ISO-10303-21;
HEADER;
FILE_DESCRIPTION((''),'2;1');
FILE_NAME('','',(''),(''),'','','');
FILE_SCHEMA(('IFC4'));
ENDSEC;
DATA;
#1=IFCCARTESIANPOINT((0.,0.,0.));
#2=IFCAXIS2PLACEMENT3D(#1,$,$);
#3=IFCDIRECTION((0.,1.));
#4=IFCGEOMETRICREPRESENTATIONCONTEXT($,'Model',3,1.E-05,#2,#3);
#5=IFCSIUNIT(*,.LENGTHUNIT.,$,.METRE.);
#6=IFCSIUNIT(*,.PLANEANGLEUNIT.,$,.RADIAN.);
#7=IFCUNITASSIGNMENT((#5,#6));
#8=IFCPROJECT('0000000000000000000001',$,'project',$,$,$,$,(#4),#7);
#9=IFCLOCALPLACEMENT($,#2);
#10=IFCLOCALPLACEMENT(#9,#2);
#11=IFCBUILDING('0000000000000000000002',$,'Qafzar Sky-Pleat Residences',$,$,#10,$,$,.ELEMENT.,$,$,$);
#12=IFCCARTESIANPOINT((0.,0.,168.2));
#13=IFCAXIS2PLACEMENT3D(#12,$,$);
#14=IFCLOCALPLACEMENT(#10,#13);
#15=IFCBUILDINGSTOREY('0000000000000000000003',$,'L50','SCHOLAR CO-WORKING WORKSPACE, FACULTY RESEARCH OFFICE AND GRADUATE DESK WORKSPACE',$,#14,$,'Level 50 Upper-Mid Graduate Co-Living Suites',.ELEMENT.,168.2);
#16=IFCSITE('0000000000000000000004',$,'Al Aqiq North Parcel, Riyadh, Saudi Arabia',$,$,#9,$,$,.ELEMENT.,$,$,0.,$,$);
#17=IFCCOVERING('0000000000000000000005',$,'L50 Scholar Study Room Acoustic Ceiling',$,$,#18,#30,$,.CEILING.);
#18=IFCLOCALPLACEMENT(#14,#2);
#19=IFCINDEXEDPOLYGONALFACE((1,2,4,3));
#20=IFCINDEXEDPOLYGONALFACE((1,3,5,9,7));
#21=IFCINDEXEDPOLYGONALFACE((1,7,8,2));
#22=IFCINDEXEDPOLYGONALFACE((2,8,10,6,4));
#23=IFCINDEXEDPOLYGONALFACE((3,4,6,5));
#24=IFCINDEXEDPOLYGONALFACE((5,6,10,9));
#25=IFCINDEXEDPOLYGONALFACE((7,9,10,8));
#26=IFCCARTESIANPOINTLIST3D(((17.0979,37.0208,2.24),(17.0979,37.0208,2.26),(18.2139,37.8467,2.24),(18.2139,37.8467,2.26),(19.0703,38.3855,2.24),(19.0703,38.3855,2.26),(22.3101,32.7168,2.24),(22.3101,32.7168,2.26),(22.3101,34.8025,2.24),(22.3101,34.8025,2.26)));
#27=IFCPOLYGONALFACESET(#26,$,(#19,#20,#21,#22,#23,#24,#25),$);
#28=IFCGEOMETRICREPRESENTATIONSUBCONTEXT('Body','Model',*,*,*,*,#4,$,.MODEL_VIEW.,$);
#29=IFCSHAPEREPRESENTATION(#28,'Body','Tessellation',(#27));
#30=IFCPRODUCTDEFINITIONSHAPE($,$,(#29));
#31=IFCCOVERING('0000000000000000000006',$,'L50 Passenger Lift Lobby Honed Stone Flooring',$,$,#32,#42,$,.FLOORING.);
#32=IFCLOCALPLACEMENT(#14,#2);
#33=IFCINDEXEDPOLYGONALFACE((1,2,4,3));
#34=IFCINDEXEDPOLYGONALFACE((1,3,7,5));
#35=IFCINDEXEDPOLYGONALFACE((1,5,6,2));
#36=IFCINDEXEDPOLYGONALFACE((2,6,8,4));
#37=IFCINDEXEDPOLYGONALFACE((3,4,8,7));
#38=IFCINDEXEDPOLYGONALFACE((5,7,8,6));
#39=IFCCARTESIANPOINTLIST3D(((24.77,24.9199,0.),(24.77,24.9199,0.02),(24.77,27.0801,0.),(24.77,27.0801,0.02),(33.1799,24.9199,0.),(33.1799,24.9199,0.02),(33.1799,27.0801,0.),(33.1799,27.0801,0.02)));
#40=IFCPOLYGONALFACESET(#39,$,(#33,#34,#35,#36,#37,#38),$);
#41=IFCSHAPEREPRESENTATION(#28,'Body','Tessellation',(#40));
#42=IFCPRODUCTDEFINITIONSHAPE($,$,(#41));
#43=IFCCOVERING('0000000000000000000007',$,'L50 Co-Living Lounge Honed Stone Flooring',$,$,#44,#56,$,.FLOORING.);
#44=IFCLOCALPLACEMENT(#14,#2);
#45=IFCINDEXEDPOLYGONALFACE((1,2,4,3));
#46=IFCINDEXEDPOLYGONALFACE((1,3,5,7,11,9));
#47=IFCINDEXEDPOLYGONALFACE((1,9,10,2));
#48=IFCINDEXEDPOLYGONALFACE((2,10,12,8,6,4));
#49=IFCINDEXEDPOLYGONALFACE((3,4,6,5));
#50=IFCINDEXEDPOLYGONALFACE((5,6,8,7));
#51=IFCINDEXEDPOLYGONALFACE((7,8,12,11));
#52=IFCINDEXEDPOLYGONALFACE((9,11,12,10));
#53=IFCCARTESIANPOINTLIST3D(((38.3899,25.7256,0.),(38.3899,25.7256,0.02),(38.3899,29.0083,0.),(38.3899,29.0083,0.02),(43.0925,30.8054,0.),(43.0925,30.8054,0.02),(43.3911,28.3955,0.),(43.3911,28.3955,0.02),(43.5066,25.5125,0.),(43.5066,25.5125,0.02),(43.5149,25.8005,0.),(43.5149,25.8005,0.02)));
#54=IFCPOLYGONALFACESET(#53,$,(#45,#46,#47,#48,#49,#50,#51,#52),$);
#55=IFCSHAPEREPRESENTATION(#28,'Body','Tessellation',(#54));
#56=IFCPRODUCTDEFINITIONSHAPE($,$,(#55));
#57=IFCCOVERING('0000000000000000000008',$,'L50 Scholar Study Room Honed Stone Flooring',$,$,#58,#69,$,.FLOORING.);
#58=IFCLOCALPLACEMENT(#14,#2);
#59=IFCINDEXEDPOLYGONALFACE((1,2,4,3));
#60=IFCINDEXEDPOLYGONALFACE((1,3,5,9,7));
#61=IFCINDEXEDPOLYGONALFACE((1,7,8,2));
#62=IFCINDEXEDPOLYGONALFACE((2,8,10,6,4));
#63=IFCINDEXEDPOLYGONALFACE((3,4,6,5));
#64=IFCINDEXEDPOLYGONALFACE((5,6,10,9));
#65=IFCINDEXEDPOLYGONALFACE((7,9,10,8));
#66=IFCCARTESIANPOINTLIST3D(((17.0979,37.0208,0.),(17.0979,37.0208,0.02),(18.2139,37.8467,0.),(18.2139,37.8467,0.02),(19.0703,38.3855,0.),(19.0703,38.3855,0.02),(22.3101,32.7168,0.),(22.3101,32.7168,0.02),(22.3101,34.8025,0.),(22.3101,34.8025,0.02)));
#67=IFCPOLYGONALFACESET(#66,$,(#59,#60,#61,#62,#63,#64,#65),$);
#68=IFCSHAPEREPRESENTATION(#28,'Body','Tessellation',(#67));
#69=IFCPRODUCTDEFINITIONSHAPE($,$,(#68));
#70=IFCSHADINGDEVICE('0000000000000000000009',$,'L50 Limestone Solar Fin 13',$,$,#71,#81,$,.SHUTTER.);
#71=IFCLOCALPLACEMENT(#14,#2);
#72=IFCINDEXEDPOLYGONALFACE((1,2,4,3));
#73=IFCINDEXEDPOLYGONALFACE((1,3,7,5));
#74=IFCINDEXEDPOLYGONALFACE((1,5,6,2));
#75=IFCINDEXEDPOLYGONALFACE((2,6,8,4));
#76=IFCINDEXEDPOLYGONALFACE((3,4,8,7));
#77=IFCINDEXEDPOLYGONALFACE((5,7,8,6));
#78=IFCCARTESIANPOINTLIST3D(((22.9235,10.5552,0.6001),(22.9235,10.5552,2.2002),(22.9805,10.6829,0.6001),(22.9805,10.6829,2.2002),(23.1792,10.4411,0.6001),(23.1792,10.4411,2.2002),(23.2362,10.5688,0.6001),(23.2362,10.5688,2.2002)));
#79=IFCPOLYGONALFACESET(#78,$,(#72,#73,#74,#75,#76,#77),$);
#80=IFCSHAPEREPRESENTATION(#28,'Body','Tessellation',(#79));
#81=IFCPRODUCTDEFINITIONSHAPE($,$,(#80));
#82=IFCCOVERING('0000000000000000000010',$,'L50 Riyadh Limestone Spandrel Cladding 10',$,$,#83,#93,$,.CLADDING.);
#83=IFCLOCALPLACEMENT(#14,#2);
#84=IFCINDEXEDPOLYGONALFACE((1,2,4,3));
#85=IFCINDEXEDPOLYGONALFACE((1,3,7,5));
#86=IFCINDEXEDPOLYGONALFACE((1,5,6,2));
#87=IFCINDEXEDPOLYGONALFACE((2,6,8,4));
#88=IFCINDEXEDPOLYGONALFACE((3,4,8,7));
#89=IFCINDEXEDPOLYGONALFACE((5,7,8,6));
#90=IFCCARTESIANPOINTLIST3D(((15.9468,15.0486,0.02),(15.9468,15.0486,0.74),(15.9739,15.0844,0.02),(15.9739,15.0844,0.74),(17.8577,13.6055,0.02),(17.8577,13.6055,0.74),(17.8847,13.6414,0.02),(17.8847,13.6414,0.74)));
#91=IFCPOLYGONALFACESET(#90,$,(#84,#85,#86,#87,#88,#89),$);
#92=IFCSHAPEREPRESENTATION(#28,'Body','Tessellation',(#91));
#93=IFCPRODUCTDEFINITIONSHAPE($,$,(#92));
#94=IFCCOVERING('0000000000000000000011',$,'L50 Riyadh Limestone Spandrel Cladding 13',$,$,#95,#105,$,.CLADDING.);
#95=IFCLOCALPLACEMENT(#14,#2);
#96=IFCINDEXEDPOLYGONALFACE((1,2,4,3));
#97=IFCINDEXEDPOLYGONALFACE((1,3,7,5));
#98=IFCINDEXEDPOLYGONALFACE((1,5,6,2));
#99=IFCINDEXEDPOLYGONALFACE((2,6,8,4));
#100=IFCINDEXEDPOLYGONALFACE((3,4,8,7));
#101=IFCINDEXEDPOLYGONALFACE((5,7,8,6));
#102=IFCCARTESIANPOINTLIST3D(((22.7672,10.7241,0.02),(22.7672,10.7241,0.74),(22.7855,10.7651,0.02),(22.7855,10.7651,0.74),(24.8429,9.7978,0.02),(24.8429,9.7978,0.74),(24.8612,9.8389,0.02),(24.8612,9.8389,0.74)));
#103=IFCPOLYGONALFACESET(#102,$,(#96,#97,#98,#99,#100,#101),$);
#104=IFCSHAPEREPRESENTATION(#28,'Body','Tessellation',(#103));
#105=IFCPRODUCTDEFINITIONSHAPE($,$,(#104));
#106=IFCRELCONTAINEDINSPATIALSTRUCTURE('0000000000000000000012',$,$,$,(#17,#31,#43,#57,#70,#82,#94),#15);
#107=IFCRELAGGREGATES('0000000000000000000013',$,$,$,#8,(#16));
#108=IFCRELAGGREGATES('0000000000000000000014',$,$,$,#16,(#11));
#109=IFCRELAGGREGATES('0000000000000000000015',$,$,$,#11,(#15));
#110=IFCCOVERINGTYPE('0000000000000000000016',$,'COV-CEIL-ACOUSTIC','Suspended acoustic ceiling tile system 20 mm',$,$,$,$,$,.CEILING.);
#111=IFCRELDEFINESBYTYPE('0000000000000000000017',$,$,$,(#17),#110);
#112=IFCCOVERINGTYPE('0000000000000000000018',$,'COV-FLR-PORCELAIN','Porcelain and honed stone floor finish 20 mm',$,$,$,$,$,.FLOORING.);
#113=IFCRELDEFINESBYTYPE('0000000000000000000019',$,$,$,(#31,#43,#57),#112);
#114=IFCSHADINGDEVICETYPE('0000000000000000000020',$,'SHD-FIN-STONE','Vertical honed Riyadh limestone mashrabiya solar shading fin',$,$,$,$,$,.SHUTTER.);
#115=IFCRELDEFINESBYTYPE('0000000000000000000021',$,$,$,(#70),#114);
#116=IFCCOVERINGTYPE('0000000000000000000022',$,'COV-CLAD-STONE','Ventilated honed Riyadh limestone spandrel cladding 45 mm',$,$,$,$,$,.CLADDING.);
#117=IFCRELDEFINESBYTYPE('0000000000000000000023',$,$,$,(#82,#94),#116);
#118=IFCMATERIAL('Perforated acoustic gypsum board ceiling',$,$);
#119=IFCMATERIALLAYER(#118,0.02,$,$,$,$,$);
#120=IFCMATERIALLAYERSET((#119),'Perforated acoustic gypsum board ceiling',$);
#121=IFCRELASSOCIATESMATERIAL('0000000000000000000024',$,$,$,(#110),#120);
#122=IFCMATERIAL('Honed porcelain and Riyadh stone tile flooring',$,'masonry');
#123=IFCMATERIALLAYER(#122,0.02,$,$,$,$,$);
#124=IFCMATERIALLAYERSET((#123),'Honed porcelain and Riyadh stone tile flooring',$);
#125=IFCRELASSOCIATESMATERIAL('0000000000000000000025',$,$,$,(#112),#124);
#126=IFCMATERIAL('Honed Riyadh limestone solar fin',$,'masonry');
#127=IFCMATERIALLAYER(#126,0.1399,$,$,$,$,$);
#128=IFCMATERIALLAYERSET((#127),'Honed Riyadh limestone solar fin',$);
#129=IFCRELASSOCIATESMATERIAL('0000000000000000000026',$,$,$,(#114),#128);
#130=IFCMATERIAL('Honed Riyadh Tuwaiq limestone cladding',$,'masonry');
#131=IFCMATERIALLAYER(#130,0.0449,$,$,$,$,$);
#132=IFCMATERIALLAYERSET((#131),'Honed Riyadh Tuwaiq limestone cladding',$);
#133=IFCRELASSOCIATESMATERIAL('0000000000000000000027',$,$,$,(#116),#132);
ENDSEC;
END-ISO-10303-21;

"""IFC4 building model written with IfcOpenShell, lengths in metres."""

from ifc_helpers import new_model, si_unit, direction, frame, origin, origin_2d, place, context, subcontext, project, spatial, polyline, rectangle, outline, extrude, source, transform, mapped, material, layer, layer_set, type_object, element, save


model = new_model("IFC4")

# Units and contexts
model_context = context("Model", 3, precision=1e-05, world=origin(), true_north=direction((0.0, 1.0)))
body_context = subcontext(model_context, "Body", "Model", "MODEL_VIEW")
ifc_project = project(units=[si_unit("LENGTHUNIT", "METRE"), si_unit("PLANEANGLEUNIT", "RADIAN")], contexts=[model_context])

# Site, building, storey
site_placement = place(None, origin())
site = spatial("IfcSite", under=ifc_project, at=site_placement, Name="Al Aqiq North Parcel, Riyadh, Saudi Arabia", CompositionType="ELEMENT", RefElevation=0.0)
building_placement = place(site_placement, origin())
building = spatial("IfcBuilding", under=site, at=building_placement, Name="Qafzar Sky-Pleat Residences", CompositionType="ELEMENT")
storey_placement = place(building_placement, frame((0.0, 0.0, 168.2)))
storey = spatial("IfcBuildingStorey", under=building, at=storey_placement, Name="L50", Description="SCHOLAR CO-WORKING WORKSPACE, FACULTY RESEARCH OFFICE AND GRADUATE DESK WORKSPACE", LongName="Level 50 Upper-Mid Graduate Co-Living Suites", CompositionType="ELEMENT", Elevation=168.2)

# Coverings
ifc_material_1 = material(Name="Perforated acoustic gypsum board ceiling")
ifc_layer_1 = layer(ifc_material_1, 0.02)
ifc_layer_set_1 = layer_set([ifc_layer_1], Name="Perforated acoustic gypsum board ceiling")
covering_type_1 = type_object("IfcCoveringType", Name="COV-CEIL-ACOUSTIC", Description="Suspended acoustic ceiling tile system 20 mm", PredefinedType="CEILING", material=ifc_layer_set_1)
covering_1_placement = place(storey_placement, frame((0.0, 0.0, 2.24)))
element("IfcCovering", 1, at=covering_1_placement, inside=storey, type_object=covering_type_1, Name="L50 Scholar Study Room Acoustic Ceiling", PredefinedType="CEILING", context=body_context, shape_type="SweptSolid", body=[
    extrude(outline(polyline([(19.0703, 38.3855), (22.3101, 34.8025), (22.3101, 32.7168), (17.0979, 37.0208), (18.2139, 37.8467), (19.0703, 38.3855)])), origin(), (0.0, 0.0, 1.0), 0.02),
])
ifc_material_2 = material(Name="Honed porcelain and Riyadh stone tile flooring", Category="masonry")
ifc_layer_2 = layer(ifc_material_2, 0.02)
ifc_layer_set_2 = layer_set([ifc_layer_2], Name="Honed porcelain and Riyadh stone tile flooring")
covering_type_2 = type_object("IfcCoveringType", Name="COV-FLR-PORCELAIN", Description="Porcelain and honed stone floor finish 20 mm", PredefinedType="FLOORING", material=ifc_layer_set_2)
covering_2_placement = place(storey_placement, origin())
element("IfcCovering", 2, at=covering_2_placement, inside=storey, type_object=covering_type_2, Name="L50 Passenger Lift Lobby Honed Stone Flooring", PredefinedType="FLOORING", context=body_context, shape_type="SweptSolid", body=[
    extrude(outline(polyline([(33.1799, 24.9199), (24.77, 24.9199), (24.77, 27.0801), (33.1799, 27.0801), (33.1799, 24.9199)])), origin(), (0.0, 0.0, 1.0), 0.02),
])
covering_3_placement = place(storey_placement, origin())
element("IfcCovering", 3, at=covering_3_placement, inside=storey, type_object=covering_type_2, Name="L50 Co-Living Lounge Honed Stone Flooring", PredefinedType="FLOORING", context=body_context, shape_type="SweptSolid", body=[
    extrude(outline(polyline([(43.3911, 28.3955), (43.5149, 25.8005), (43.5066, 25.5125), (38.3899, 25.7256), (38.3899, 29.0083), (43.0925, 30.8054), (43.3911, 28.3955)])), origin(), (0.0, 0.0, 1.0), 0.02),
])
covering_4_placement = place(storey_placement, origin())
element("IfcCovering", 4, at=covering_4_placement, inside=storey, type_object=covering_type_2, Name="L50 Scholar Study Room Honed Stone Flooring", PredefinedType="FLOORING", context=body_context, shape_type="SweptSolid", body=[
    extrude(outline(polyline([(19.0703, 38.3855), (22.3101, 34.8025), (22.3101, 32.7168), (17.0979, 37.0208), (18.2139, 37.8467), (19.0703, 38.3855)])), origin(), (0.0, 0.0, 1.0), 0.02),
])

# Shading device
ifc_material_3 = material(Name="Honed Riyadh limestone solar fin", Category="masonry")
ifc_layer_3 = layer(ifc_material_3, 0.1399)
ifc_layer_set_3 = layer_set([ifc_layer_3], Name="Honed Riyadh limestone solar fin")
shading_device_type = type_object("IfcShadingDeviceType", Name="SHD-FIN-STONE", Description="Vertical honed Riyadh limestone mashrabiya solar shading fin", PredefinedType="SHUTTER", material=ifc_layer_set_3)
shared_shape_1 = source(origin(), body_context, "Body", "SweptSolid", [
    extrude(rectangle(XDim=0.1399, YDim=0.28, at=origin_2d()), origin(), (0.0, 0.0, 1.0), 1.6001),
])
shading_device_placement = place(storey_placement, frame((23.0798, 10.562, 0.6001), z_axis=(0.0, 0.0, 1.0), x_axis=(-0.407532, -0.913191, 0.0)))
element("IfcShadingDevice", 5, at=shading_device_placement, inside=storey, type_object=shading_device_type, Name="L50 Limestone Solar Fin 13", PredefinedType="SHUTTER", context=body_context, shape_type="MappedRepresentation", body=[
    mapped(shared_shape_1, transform((0.0, 0.0, 0.0), x_axis=(1.0, 0.0, 0.0), y_axis=(0.0, 1.0, 0.0), z_axis=(0.0, 0.0, 1.0), scale=1.0)),
])

# Coverings
ifc_material_4 = material(Name="Honed Riyadh Tuwaiq limestone cladding", Category="masonry")
ifc_layer_4 = layer(ifc_material_4, 0.0449)
ifc_layer_set_4 = layer_set([ifc_layer_4], Name="Honed Riyadh Tuwaiq limestone cladding")
covering_type_3 = type_object("IfcCoveringType", Name="COV-CLAD-STONE", Description="Ventilated honed Riyadh limestone spandrel cladding 45 mm", PredefinedType="CLADDING", material=ifc_layer_set_4)
shared_shape_2 = source(origin(), body_context, "Body", "SweptSolid", [
    extrude(rectangle(XDim=2.3945, YDim=0.0449, at=origin_2d()), origin(), (0.0, 0.0, 1.0), 0.72),
])
covering_5_placement = place(storey_placement, frame((16.9158, 14.345, 0.02), z_axis=(0.0, 0.0, 1.0), x_axis=(0.798011, -0.602643, 0.0)))
element("IfcCovering", 6, at=covering_5_placement, inside=storey, type_object=covering_type_3, Name="L50 Riyadh Limestone Spandrel Cladding 10", PredefinedType="CLADDING", context=body_context, shape_type="MappedRepresentation", body=[
    mapped(shared_shape_2, transform((0.0, 0.0, 0.0), x_axis=(1.0, 0.0, 0.0), y_axis=(0.0, 1.0, 0.0), z_axis=(0.0, 0.0, 1.0), scale=1.0)),
])
shared_shape_3 = source(origin(), body_context, "Body", "SweptSolid", [
    extrude(rectangle(XDim=2.2729, YDim=0.0449, at=origin_2d()), origin(), (0.0, 0.0, 1.0), 0.72),
])
covering_6_placement = place(storey_placement, frame((23.8142, 10.2815, 0.02), z_axis=(0.0, 0.0, 1.0), x_axis=(0.913197, -0.407519, 0.0)))
element("IfcCovering", 7, at=covering_6_placement, inside=storey, type_object=covering_type_3, Name="L50 Riyadh Limestone Spandrel Cladding 13", PredefinedType="CLADDING", context=body_context, shape_type="MappedRepresentation", body=[
    mapped(shared_shape_3, transform((0.0, 0.0, 0.0), x_axis=(1.0, 0.0, 0.0), y_axis=(0.0, 1.0, 0.0), z_axis=(0.0, 0.0, 1.0), scale=1.0)),
])

save(model, "model.ifc")
